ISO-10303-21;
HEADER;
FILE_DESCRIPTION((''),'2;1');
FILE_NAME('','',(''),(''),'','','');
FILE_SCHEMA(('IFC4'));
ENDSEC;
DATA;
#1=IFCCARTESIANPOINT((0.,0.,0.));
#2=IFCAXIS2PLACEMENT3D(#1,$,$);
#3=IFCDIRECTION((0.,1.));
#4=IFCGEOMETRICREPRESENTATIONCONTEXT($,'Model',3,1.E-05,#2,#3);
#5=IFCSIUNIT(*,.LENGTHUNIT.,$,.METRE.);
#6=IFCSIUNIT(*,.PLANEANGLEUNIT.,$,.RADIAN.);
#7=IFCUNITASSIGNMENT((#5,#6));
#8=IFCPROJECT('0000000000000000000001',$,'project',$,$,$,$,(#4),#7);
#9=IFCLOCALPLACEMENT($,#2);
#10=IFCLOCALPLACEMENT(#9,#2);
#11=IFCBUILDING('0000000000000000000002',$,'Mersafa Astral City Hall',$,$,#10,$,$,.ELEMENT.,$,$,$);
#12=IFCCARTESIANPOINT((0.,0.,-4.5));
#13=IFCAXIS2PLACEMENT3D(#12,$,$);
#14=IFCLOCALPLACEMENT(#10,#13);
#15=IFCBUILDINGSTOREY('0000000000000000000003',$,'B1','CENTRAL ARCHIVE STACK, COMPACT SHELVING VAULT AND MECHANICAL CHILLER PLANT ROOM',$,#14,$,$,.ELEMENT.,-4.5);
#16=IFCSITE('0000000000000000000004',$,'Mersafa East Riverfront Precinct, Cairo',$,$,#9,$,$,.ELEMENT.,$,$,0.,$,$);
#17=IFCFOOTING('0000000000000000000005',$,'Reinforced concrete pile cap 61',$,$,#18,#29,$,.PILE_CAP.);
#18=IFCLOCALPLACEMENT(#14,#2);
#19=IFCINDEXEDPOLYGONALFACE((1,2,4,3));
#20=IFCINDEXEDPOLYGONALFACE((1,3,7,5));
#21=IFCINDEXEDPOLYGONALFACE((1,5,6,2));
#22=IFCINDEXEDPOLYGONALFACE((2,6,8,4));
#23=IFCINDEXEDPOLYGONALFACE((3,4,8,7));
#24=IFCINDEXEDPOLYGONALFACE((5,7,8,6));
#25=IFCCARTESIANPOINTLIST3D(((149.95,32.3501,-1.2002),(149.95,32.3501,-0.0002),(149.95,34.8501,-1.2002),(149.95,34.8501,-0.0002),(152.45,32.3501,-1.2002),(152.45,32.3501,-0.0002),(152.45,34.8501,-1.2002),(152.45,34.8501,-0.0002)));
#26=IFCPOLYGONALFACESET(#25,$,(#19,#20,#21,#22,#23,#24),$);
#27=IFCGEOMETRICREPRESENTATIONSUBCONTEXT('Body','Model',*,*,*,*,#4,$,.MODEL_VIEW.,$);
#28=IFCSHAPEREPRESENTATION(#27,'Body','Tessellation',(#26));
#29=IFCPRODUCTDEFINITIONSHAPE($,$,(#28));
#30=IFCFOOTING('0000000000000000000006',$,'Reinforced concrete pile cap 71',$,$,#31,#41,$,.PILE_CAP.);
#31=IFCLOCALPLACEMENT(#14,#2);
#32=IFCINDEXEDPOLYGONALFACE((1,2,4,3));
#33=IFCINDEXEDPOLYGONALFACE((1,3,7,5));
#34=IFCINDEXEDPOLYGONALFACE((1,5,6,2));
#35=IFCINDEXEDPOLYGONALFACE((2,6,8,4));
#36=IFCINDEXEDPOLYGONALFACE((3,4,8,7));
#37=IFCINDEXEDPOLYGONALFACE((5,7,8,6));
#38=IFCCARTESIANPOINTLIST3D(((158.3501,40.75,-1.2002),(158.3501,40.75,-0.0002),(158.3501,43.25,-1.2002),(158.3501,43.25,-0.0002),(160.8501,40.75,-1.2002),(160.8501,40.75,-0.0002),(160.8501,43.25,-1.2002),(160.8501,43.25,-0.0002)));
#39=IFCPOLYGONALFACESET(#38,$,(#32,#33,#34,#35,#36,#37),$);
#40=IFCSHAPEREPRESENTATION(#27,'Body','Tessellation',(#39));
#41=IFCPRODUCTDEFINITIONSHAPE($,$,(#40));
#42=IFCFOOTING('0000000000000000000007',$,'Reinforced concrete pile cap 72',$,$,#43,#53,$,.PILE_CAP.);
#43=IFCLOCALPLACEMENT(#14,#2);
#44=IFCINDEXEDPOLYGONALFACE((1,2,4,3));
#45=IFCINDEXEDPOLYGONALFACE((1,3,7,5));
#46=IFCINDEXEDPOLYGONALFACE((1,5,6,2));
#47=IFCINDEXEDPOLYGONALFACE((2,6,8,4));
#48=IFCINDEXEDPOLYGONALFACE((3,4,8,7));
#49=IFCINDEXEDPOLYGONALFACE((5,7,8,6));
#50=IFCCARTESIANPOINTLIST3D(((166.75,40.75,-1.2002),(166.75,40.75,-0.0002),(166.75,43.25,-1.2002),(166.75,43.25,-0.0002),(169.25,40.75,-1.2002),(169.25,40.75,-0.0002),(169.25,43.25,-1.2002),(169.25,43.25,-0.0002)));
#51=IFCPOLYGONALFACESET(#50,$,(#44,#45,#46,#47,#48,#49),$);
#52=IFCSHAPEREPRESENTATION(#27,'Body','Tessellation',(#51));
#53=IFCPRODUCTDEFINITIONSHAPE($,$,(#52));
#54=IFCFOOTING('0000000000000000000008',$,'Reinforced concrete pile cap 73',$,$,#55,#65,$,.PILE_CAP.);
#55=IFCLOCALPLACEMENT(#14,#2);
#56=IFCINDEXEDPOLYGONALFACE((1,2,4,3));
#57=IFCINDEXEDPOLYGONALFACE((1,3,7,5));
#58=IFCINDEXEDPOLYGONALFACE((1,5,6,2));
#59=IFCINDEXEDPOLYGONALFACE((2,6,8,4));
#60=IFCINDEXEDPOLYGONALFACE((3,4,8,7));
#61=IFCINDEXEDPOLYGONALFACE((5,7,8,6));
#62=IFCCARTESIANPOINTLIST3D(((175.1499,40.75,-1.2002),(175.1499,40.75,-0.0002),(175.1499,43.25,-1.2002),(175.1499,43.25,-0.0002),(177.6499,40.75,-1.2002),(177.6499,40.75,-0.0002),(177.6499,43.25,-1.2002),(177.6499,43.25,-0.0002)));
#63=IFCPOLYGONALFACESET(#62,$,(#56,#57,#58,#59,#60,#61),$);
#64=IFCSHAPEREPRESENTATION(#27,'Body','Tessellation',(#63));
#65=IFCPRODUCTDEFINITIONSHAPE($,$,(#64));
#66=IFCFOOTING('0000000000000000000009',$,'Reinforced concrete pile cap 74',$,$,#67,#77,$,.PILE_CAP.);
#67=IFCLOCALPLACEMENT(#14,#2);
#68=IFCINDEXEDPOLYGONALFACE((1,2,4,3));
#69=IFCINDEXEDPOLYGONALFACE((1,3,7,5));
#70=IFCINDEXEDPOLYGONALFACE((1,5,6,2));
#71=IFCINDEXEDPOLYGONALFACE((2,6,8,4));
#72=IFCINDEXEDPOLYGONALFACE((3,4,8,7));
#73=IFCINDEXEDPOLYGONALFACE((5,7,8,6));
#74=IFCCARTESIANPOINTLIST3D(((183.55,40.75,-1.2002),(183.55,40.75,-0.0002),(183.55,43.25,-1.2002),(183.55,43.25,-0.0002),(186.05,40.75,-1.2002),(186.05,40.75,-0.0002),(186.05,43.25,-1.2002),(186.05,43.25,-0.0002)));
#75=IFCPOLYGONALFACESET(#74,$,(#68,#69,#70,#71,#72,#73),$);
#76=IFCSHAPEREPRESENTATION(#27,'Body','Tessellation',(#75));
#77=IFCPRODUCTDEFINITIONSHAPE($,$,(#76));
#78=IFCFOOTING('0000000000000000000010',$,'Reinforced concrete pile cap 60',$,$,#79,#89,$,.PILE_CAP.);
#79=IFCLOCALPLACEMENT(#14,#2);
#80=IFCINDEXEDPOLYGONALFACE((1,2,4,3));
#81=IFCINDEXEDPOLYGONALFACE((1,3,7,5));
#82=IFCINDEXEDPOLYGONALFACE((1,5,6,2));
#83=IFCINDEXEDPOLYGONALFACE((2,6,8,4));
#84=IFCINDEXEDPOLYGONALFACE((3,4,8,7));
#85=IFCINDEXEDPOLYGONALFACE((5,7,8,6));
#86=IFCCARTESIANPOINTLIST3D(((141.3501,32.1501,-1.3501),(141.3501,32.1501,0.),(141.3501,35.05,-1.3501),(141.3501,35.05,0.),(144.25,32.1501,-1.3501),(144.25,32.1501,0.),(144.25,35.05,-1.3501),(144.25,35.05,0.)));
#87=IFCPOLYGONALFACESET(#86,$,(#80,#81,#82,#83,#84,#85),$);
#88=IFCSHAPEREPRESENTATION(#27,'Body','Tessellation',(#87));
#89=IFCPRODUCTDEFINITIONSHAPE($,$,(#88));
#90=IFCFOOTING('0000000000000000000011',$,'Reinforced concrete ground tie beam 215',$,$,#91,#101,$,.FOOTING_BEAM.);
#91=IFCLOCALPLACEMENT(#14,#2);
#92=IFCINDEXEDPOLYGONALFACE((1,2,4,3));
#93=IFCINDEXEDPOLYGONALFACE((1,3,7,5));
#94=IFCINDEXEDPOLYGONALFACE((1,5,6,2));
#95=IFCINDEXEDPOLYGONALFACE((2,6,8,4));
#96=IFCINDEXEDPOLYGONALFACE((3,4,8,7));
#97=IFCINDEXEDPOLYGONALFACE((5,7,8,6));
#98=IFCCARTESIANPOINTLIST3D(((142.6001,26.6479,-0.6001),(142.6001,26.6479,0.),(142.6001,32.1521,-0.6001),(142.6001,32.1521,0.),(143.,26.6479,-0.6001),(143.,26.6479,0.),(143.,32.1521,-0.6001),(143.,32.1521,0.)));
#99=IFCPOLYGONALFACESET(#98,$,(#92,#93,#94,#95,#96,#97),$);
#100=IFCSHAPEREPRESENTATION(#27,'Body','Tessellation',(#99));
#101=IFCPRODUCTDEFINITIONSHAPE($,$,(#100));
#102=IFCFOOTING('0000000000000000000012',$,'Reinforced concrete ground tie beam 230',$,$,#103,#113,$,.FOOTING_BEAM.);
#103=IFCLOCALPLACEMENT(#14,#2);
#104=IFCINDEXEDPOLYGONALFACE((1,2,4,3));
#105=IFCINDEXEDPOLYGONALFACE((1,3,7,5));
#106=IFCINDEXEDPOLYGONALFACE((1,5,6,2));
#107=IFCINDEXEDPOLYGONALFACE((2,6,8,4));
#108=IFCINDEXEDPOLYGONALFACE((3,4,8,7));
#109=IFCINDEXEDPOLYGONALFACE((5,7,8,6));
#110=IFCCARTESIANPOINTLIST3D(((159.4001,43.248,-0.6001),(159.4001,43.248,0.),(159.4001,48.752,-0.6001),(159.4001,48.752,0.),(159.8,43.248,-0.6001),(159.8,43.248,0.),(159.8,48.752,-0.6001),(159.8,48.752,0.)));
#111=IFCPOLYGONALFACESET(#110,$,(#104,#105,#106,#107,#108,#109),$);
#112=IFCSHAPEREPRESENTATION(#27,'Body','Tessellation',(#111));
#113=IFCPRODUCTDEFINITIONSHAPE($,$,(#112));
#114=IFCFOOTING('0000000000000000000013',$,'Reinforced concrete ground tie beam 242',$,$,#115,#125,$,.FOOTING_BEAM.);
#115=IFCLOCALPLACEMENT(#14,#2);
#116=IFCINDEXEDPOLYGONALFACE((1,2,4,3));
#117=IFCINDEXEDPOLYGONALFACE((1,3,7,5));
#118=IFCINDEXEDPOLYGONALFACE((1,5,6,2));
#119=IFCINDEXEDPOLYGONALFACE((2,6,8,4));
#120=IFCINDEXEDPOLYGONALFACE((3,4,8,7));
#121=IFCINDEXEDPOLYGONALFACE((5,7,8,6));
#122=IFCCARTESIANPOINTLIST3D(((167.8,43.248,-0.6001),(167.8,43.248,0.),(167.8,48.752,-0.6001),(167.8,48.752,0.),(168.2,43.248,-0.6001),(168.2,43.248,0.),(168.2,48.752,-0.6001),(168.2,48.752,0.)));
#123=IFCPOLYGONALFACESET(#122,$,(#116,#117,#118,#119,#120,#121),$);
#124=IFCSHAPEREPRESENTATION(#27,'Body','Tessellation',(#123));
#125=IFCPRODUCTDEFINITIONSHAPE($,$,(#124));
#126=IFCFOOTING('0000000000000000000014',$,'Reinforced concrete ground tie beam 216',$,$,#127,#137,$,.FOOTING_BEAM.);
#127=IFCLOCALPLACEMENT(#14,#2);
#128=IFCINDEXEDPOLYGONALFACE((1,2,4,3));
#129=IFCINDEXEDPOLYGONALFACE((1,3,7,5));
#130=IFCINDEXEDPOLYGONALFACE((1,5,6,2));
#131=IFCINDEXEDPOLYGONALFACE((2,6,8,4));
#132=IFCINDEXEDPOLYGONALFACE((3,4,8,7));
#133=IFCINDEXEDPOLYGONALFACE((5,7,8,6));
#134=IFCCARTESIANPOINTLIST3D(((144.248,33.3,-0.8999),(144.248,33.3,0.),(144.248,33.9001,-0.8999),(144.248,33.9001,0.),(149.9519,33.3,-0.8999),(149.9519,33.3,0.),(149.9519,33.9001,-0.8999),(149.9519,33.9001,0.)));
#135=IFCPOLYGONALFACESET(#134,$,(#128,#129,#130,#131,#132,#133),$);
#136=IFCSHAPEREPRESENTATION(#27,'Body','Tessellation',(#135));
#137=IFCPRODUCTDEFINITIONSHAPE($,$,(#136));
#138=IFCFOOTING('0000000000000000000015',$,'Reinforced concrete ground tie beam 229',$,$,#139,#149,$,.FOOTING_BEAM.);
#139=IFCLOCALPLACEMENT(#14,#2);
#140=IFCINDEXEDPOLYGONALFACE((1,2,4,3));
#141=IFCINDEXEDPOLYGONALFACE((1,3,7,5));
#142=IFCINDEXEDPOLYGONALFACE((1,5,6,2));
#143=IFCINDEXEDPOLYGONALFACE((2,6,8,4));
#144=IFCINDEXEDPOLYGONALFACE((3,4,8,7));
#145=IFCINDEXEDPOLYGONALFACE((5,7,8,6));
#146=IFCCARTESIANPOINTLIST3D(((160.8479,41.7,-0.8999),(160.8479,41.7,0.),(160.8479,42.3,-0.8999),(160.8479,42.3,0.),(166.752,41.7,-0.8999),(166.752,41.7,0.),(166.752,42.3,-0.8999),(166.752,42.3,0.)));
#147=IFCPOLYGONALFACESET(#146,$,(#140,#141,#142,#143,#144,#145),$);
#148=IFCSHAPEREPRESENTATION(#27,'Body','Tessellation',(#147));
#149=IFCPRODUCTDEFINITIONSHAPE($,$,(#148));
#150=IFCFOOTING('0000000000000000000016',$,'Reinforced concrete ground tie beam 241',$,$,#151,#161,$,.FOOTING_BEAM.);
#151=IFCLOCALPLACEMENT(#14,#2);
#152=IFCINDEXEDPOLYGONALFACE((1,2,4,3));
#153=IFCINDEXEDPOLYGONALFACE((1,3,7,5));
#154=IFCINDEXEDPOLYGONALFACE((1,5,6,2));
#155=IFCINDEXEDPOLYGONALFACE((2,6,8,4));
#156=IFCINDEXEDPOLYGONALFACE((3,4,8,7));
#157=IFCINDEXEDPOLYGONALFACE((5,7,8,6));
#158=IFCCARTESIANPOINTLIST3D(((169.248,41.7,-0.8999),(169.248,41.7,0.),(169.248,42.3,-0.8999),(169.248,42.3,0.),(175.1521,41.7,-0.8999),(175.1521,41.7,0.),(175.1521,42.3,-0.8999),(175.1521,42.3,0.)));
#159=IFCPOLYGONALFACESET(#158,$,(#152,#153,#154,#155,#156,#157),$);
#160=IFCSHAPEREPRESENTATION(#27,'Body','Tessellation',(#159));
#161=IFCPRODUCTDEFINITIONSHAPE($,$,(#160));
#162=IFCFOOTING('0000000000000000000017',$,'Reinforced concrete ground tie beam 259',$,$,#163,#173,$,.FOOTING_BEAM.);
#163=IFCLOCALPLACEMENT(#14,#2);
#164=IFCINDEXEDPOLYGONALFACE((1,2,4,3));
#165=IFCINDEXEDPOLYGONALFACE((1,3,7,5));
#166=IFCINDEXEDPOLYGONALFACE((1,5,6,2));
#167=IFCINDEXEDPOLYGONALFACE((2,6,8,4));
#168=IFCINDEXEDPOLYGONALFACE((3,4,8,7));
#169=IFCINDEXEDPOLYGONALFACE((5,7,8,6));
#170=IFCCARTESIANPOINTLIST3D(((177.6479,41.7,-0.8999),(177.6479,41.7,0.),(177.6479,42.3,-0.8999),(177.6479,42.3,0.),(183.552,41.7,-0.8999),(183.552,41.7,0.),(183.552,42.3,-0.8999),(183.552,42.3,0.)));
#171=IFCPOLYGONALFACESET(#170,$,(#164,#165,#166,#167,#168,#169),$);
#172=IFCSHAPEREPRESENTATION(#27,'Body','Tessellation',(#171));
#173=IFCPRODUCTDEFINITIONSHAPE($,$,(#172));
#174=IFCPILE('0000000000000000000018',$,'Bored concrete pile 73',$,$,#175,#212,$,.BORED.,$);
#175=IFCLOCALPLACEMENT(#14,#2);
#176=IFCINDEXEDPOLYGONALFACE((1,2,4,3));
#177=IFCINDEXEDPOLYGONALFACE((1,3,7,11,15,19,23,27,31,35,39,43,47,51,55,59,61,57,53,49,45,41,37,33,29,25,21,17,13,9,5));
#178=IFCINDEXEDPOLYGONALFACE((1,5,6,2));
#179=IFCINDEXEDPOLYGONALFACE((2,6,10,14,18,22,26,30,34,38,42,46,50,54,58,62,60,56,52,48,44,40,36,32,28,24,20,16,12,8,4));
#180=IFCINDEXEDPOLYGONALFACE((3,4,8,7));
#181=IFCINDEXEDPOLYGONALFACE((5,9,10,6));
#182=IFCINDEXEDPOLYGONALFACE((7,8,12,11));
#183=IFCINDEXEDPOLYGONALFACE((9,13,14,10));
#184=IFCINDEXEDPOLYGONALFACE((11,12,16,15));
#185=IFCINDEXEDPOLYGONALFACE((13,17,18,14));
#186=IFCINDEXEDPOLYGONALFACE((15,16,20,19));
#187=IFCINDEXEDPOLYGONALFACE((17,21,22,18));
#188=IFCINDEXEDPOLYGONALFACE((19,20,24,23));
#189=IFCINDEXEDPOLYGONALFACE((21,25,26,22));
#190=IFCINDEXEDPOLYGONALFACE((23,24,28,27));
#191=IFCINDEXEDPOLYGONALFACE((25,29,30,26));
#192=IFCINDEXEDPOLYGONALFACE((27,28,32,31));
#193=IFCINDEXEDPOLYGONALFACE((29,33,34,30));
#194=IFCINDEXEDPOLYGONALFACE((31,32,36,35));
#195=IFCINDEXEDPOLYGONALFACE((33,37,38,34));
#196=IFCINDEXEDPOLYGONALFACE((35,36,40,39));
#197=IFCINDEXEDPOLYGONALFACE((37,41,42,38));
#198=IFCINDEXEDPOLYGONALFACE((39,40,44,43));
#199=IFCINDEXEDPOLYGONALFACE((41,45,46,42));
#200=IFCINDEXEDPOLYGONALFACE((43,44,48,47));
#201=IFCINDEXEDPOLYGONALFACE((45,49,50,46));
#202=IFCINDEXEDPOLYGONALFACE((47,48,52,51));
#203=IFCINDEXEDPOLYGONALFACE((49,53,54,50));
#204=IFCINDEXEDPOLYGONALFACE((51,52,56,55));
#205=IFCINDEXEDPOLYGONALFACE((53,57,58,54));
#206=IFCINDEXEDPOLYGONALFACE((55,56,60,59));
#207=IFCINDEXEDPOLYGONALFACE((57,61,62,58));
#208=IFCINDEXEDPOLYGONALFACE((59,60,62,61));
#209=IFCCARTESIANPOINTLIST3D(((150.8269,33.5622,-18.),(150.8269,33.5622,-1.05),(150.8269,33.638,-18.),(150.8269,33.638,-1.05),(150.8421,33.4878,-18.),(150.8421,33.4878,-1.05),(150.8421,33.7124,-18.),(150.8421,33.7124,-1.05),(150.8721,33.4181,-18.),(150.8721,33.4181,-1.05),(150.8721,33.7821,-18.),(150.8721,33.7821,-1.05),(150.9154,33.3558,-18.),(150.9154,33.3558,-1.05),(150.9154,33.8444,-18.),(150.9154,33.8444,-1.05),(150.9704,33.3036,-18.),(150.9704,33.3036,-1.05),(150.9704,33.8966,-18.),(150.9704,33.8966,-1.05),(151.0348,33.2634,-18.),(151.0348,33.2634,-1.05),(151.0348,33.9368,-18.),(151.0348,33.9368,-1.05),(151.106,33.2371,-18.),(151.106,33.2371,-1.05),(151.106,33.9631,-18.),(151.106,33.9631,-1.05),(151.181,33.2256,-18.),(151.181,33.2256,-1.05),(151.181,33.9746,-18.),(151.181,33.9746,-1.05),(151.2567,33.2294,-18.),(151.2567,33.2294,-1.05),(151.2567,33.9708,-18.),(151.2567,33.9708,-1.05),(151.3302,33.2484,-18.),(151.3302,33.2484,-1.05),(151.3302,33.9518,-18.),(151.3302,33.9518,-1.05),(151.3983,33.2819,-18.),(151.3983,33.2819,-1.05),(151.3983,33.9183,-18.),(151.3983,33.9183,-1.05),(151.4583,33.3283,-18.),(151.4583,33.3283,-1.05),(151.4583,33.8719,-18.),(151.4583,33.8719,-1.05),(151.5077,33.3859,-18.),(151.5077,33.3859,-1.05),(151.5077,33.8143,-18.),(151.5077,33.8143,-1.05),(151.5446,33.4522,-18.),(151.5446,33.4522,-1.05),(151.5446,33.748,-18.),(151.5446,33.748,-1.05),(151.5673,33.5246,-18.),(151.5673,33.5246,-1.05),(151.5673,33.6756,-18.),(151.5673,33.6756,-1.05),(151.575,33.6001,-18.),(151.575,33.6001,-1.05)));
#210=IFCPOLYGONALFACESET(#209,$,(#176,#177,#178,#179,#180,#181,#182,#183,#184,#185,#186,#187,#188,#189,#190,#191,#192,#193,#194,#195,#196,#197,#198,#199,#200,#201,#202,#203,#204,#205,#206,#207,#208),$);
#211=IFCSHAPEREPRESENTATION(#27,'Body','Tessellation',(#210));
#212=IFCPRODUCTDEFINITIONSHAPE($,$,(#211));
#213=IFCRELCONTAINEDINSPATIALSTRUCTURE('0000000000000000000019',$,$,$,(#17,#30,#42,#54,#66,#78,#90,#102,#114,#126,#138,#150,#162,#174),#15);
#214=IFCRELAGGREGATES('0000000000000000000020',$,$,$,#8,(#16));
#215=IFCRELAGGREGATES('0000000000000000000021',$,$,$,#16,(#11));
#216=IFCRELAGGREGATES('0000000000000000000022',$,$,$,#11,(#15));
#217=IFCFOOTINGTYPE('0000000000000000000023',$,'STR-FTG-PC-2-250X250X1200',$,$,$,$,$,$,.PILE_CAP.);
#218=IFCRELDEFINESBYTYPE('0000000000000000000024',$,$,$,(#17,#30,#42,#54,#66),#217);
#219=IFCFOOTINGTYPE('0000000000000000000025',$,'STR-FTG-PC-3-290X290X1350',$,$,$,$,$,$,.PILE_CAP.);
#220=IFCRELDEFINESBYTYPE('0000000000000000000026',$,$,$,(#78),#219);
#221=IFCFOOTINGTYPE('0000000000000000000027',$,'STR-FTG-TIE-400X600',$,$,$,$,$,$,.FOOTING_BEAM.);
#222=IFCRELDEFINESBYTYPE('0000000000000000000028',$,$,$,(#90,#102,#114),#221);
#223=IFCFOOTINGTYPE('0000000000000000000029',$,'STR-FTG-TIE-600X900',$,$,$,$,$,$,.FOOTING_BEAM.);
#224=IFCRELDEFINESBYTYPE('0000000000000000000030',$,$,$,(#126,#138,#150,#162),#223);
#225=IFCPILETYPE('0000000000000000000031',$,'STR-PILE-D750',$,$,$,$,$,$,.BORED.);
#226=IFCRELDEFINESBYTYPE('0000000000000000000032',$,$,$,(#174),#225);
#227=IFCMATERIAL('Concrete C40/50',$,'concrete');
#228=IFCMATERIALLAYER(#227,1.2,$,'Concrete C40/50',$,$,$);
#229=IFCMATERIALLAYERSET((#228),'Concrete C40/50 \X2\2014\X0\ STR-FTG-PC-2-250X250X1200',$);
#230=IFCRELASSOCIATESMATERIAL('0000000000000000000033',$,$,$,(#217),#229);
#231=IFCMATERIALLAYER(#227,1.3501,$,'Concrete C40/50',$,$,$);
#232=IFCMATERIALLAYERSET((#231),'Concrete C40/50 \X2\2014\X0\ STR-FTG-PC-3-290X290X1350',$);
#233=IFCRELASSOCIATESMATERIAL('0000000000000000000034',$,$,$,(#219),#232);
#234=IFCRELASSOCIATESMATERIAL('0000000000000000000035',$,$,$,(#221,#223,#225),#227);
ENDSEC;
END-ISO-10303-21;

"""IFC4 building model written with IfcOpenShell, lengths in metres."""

from ifc_helpers import new_model, si_unit, direction, frame, origin, origin_2d, place, context, subcontext, project, spatial, rectangle, circle, extrude, material, layer, layer_set, material_profile, profile_set, type_object, element, save


model = new_model("IFC4")

# Units and contexts
model_context = context("Model", 3, precision=1e-05, world=origin(), true_north=direction((0.0, 1.0)))
body_context = subcontext(model_context, "Body", "Model", "MODEL_VIEW")
ifc_project = project(units=[si_unit("LENGTHUNIT", "METRE"), si_unit("PLANEANGLEUNIT", "RADIAN")], contexts=[model_context])

# Site, building, storey
site_placement = place(None, origin())
site = spatial("IfcSite", under=ifc_project, at=site_placement, Name="Mersafa East Riverfront Precinct, Cairo", CompositionType="ELEMENT", RefElevation=0.0)
building_placement = place(site_placement, origin())
building = spatial("IfcBuilding", under=site, at=building_placement, Name="Mersafa Astral City Hall", CompositionType="ELEMENT")
storey_placement = place(building_placement, frame((0.0, 0.0, -4.5)))
storey = spatial("IfcBuildingStorey", under=building, at=storey_placement, Name="B1", Description="CENTRAL ARCHIVE STACK, COMPACT SHELVING VAULT AND MECHANICAL CHILLER PLANT ROOM", CompositionType="ELEMENT", Elevation=-4.5)

# Footings
ifc_material = material(Name="Concrete C40/50", Category="concrete")
ifc_layer_1 = layer(ifc_material, 1.2, Name="Concrete C40/50")
ifc_layer_set_1 = layer_set([ifc_layer_1], Name="Concrete C40/50 — STR-FTG-PC-2-250X250X1200")
footing_type_1 = type_object("IfcFootingType", Name="STR-FTG-PC-2-250X250X1200", PredefinedType="PILE_CAP", material=ifc_layer_set_1)
for number, where, z_axis, x_axis, name in (
    (1, (151.2, 33.6001, -1.2002), (0.0, 0.0, 1.0), (1.0, 0.0, 0.0), "Reinforced concrete pile cap 61"),
    (2, (159.6001, 42.0, -1.2002), (0.0, 0.0, 1.0), (1.0, 0.0, 0.0), "Reinforced concrete pile cap 71"),
    (3, (168.0, 42.0, -1.2002), (0.0, 0.0, 1.0), (1.0, 0.0, 0.0), "Reinforced concrete pile cap 72"),
    (4, (176.3999, 42.0, -1.2002), (0.0, 0.0, 1.0), (1.0, 0.0, 0.0), "Reinforced concrete pile cap 73"),
    (5, (184.8, 42.0, -1.2002), (0.0, 0.0, 1.0), (1.0, 0.0, 0.0), "Reinforced concrete pile cap 74"),
):
    element("IfcFooting", number, at=place(storey_placement, frame(where, z_axis=z_axis, x_axis=x_axis)), inside=storey, type_object=footing_type_1, Name=name, PredefinedType="PILE_CAP", context=body_context, shape_type="SweptSolid", body=[
        extrude(rectangle(XDim=2.5, YDim=2.5, at=origin_2d()), origin(), (0.0, 0.0, 1.0), 1.2),
    ])
ifc_layer_2 = layer(ifc_material, 1.3501, Name="Concrete C40/50")
ifc_layer_set_2 = layer_set([ifc_layer_2], Name="Concrete C40/50 — STR-FTG-PC-3-290X290X1350")
footing_type_2 = type_object("IfcFootingType", Name="STR-FTG-PC-3-290X290X1350", PredefinedType="PILE_CAP", material=ifc_layer_set_2)
footing_1_placement = place(storey_placement, frame((142.8, 33.6001, -1.3501), z_axis=(0.0, 0.0, 1.0), x_axis=(1.0, 0.0, 0.0)))
element("IfcFooting", 6, at=footing_1_placement, inside=storey, type_object=footing_type_2, Name="Reinforced concrete pile cap 60", PredefinedType="PILE_CAP", context=body_context, shape_type="SweptSolid", body=[
    extrude(rectangle(XDim=2.8999, YDim=2.8999, at=origin_2d()), origin(), (0.0, 0.0, 1.0), 1.3501),
])
ifc_material_profile_1 = material_profile(ifc_material, rectangle(XDim=0.3999, YDim=0.6001, at=origin_2d()), Name="RC 400x600")
ifc_profile_set_1 = profile_set([ifc_material_profile_1], Name="Concrete C40/50")
footing_type_3 = type_object("IfcFootingType", Name="STR-FTG-TIE-400X600", PredefinedType="FOOTING_BEAM", material=ifc_profile_set_1)
footing_2_placement = place(storey_placement, frame((142.8, 26.6479, -0.3), z_axis=(0.0, 1.0, 0.0), x_axis=(-1.0, 0.0, 0.0)))
element("IfcFooting", 7, at=footing_2_placement, inside=storey, type_object=footing_type_3, Name="Reinforced concrete ground tie beam 215", PredefinedType="FOOTING_BEAM", context=body_context, shape_type="SweptSolid", body=[
    extrude(rectangle(XDim=0.3999, YDim=0.6001, at=origin_2d()), origin(), (0.0, 0.0, 1.0), 5.5042),
])
for number, where, z_axis, x_axis, name in (
    (8, (159.6001, 43.248, -0.3), (0.0, 1.0, 0.0), (-1.0, 0.0, 0.0), "Reinforced concrete ground tie beam 230"),
    (9, (168.0, 43.248, -0.3), (0.0, 1.0, 0.0), (-1.0, 0.0, 0.0), "Reinforced concrete ground tie beam 242"),
):
    element("IfcFooting", number, at=place(storey_placement, frame(where, z_axis=z_axis, x_axis=x_axis)), inside=storey, type_object=footing_type_3, Name=name, PredefinedType="FOOTING_BEAM", context=body_context, shape_type="SweptSolid", body=[
        extrude(rectangle(XDim=0.3999, YDim=0.6001, at=origin_2d()), origin(), (0.0, 0.0, 1.0), 5.5039),
    ])
ifc_material_profile_2 = material_profile(ifc_material, rectangle(XDim=0.6001, YDim=0.8999, at=origin_2d()), Name="RC 600x900")
ifc_profile_set_2 = profile_set([ifc_material_profile_2], Name="Concrete C40/50")
footing_type_4 = type_object("IfcFootingType", Name="STR-FTG-TIE-600X900", PredefinedType="FOOTING_BEAM", material=ifc_profile_set_2)
footing_3_placement = place(storey_placement, frame((144.248, 33.6001, -0.45), z_axis=(1.0, 0.0, 0.0), x_axis=(0.0, 1.0, 0.0)))
element("IfcFooting", 10, at=footing_3_placement, inside=storey, type_object=footing_type_4, Name="Reinforced concrete ground tie beam 216", PredefinedType="FOOTING_BEAM", context=body_context, shape_type="SweptSolid", body=[
    extrude(rectangle(XDim=0.6001, YDim=0.8999, at=origin_2d()), origin(), (0.0, 0.0, 1.0), 5.7039),
])
for number, where, z_axis, x_axis, name in (
    (11, (160.8479, 42.0, -0.45), (1.0, 0.0, 0.0), (0.0, 1.0, 0.0), "Reinforced concrete ground tie beam 229"),
    (12, (169.248, 42.0, -0.45), (1.0, 0.0, 0.0), (0.0, 1.0, 0.0), "Reinforced concrete ground tie beam 241"),
    (13, (177.6479, 42.0, -0.45), (1.0, 0.0, 0.0), (0.0, 1.0, 0.0), "Reinforced concrete ground tie beam 259"),
):
    element("IfcFooting", number, at=place(storey_placement, frame(where, z_axis=z_axis, x_axis=x_axis)), inside=storey, type_object=footing_type_4, Name=name, PredefinedType="FOOTING_BEAM", context=body_context, shape_type="SweptSolid", body=[
        extrude(rectangle(XDim=0.6001, YDim=0.8999, at=origin_2d()), origin(), (0.0, 0.0, 1.0), 5.9041),
    ])

# Pile
ifc_material_profile_3 = material_profile(ifc_material, circle(Radius=0.375, at=origin_2d()), Name="PILE D750")
ifc_profile_set_3 = profile_set([ifc_material_profile_3], Name="Concrete C40/50")
pile_type_1 = type_object("IfcPileType", Name="STR-PILE-D750", PredefinedType="BORED", material=ifc_profile_set_3)
for number, where, z_axis, x_axis, name in (
    (14, (151.2, 33.6001, -1.05), (0.0, 0.0, -1.0), (1.0, 0.0, 0.0), "Bored concrete pile 73"),
):
    element("IfcPile", number, at=place(storey_placement, frame(where, z_axis=z_axis, x_axis=x_axis)), inside=storey, type_object=pile_type_1, Name=name, PredefinedType="BORED", context=body_context, shape_type="SweptSolid", body=[
        extrude(circle(Radius=0.375, at=origin_2d()), origin(), (0.0, 0.0, 1.0), 16.95),
    ])

save(model, "model.ifc")
